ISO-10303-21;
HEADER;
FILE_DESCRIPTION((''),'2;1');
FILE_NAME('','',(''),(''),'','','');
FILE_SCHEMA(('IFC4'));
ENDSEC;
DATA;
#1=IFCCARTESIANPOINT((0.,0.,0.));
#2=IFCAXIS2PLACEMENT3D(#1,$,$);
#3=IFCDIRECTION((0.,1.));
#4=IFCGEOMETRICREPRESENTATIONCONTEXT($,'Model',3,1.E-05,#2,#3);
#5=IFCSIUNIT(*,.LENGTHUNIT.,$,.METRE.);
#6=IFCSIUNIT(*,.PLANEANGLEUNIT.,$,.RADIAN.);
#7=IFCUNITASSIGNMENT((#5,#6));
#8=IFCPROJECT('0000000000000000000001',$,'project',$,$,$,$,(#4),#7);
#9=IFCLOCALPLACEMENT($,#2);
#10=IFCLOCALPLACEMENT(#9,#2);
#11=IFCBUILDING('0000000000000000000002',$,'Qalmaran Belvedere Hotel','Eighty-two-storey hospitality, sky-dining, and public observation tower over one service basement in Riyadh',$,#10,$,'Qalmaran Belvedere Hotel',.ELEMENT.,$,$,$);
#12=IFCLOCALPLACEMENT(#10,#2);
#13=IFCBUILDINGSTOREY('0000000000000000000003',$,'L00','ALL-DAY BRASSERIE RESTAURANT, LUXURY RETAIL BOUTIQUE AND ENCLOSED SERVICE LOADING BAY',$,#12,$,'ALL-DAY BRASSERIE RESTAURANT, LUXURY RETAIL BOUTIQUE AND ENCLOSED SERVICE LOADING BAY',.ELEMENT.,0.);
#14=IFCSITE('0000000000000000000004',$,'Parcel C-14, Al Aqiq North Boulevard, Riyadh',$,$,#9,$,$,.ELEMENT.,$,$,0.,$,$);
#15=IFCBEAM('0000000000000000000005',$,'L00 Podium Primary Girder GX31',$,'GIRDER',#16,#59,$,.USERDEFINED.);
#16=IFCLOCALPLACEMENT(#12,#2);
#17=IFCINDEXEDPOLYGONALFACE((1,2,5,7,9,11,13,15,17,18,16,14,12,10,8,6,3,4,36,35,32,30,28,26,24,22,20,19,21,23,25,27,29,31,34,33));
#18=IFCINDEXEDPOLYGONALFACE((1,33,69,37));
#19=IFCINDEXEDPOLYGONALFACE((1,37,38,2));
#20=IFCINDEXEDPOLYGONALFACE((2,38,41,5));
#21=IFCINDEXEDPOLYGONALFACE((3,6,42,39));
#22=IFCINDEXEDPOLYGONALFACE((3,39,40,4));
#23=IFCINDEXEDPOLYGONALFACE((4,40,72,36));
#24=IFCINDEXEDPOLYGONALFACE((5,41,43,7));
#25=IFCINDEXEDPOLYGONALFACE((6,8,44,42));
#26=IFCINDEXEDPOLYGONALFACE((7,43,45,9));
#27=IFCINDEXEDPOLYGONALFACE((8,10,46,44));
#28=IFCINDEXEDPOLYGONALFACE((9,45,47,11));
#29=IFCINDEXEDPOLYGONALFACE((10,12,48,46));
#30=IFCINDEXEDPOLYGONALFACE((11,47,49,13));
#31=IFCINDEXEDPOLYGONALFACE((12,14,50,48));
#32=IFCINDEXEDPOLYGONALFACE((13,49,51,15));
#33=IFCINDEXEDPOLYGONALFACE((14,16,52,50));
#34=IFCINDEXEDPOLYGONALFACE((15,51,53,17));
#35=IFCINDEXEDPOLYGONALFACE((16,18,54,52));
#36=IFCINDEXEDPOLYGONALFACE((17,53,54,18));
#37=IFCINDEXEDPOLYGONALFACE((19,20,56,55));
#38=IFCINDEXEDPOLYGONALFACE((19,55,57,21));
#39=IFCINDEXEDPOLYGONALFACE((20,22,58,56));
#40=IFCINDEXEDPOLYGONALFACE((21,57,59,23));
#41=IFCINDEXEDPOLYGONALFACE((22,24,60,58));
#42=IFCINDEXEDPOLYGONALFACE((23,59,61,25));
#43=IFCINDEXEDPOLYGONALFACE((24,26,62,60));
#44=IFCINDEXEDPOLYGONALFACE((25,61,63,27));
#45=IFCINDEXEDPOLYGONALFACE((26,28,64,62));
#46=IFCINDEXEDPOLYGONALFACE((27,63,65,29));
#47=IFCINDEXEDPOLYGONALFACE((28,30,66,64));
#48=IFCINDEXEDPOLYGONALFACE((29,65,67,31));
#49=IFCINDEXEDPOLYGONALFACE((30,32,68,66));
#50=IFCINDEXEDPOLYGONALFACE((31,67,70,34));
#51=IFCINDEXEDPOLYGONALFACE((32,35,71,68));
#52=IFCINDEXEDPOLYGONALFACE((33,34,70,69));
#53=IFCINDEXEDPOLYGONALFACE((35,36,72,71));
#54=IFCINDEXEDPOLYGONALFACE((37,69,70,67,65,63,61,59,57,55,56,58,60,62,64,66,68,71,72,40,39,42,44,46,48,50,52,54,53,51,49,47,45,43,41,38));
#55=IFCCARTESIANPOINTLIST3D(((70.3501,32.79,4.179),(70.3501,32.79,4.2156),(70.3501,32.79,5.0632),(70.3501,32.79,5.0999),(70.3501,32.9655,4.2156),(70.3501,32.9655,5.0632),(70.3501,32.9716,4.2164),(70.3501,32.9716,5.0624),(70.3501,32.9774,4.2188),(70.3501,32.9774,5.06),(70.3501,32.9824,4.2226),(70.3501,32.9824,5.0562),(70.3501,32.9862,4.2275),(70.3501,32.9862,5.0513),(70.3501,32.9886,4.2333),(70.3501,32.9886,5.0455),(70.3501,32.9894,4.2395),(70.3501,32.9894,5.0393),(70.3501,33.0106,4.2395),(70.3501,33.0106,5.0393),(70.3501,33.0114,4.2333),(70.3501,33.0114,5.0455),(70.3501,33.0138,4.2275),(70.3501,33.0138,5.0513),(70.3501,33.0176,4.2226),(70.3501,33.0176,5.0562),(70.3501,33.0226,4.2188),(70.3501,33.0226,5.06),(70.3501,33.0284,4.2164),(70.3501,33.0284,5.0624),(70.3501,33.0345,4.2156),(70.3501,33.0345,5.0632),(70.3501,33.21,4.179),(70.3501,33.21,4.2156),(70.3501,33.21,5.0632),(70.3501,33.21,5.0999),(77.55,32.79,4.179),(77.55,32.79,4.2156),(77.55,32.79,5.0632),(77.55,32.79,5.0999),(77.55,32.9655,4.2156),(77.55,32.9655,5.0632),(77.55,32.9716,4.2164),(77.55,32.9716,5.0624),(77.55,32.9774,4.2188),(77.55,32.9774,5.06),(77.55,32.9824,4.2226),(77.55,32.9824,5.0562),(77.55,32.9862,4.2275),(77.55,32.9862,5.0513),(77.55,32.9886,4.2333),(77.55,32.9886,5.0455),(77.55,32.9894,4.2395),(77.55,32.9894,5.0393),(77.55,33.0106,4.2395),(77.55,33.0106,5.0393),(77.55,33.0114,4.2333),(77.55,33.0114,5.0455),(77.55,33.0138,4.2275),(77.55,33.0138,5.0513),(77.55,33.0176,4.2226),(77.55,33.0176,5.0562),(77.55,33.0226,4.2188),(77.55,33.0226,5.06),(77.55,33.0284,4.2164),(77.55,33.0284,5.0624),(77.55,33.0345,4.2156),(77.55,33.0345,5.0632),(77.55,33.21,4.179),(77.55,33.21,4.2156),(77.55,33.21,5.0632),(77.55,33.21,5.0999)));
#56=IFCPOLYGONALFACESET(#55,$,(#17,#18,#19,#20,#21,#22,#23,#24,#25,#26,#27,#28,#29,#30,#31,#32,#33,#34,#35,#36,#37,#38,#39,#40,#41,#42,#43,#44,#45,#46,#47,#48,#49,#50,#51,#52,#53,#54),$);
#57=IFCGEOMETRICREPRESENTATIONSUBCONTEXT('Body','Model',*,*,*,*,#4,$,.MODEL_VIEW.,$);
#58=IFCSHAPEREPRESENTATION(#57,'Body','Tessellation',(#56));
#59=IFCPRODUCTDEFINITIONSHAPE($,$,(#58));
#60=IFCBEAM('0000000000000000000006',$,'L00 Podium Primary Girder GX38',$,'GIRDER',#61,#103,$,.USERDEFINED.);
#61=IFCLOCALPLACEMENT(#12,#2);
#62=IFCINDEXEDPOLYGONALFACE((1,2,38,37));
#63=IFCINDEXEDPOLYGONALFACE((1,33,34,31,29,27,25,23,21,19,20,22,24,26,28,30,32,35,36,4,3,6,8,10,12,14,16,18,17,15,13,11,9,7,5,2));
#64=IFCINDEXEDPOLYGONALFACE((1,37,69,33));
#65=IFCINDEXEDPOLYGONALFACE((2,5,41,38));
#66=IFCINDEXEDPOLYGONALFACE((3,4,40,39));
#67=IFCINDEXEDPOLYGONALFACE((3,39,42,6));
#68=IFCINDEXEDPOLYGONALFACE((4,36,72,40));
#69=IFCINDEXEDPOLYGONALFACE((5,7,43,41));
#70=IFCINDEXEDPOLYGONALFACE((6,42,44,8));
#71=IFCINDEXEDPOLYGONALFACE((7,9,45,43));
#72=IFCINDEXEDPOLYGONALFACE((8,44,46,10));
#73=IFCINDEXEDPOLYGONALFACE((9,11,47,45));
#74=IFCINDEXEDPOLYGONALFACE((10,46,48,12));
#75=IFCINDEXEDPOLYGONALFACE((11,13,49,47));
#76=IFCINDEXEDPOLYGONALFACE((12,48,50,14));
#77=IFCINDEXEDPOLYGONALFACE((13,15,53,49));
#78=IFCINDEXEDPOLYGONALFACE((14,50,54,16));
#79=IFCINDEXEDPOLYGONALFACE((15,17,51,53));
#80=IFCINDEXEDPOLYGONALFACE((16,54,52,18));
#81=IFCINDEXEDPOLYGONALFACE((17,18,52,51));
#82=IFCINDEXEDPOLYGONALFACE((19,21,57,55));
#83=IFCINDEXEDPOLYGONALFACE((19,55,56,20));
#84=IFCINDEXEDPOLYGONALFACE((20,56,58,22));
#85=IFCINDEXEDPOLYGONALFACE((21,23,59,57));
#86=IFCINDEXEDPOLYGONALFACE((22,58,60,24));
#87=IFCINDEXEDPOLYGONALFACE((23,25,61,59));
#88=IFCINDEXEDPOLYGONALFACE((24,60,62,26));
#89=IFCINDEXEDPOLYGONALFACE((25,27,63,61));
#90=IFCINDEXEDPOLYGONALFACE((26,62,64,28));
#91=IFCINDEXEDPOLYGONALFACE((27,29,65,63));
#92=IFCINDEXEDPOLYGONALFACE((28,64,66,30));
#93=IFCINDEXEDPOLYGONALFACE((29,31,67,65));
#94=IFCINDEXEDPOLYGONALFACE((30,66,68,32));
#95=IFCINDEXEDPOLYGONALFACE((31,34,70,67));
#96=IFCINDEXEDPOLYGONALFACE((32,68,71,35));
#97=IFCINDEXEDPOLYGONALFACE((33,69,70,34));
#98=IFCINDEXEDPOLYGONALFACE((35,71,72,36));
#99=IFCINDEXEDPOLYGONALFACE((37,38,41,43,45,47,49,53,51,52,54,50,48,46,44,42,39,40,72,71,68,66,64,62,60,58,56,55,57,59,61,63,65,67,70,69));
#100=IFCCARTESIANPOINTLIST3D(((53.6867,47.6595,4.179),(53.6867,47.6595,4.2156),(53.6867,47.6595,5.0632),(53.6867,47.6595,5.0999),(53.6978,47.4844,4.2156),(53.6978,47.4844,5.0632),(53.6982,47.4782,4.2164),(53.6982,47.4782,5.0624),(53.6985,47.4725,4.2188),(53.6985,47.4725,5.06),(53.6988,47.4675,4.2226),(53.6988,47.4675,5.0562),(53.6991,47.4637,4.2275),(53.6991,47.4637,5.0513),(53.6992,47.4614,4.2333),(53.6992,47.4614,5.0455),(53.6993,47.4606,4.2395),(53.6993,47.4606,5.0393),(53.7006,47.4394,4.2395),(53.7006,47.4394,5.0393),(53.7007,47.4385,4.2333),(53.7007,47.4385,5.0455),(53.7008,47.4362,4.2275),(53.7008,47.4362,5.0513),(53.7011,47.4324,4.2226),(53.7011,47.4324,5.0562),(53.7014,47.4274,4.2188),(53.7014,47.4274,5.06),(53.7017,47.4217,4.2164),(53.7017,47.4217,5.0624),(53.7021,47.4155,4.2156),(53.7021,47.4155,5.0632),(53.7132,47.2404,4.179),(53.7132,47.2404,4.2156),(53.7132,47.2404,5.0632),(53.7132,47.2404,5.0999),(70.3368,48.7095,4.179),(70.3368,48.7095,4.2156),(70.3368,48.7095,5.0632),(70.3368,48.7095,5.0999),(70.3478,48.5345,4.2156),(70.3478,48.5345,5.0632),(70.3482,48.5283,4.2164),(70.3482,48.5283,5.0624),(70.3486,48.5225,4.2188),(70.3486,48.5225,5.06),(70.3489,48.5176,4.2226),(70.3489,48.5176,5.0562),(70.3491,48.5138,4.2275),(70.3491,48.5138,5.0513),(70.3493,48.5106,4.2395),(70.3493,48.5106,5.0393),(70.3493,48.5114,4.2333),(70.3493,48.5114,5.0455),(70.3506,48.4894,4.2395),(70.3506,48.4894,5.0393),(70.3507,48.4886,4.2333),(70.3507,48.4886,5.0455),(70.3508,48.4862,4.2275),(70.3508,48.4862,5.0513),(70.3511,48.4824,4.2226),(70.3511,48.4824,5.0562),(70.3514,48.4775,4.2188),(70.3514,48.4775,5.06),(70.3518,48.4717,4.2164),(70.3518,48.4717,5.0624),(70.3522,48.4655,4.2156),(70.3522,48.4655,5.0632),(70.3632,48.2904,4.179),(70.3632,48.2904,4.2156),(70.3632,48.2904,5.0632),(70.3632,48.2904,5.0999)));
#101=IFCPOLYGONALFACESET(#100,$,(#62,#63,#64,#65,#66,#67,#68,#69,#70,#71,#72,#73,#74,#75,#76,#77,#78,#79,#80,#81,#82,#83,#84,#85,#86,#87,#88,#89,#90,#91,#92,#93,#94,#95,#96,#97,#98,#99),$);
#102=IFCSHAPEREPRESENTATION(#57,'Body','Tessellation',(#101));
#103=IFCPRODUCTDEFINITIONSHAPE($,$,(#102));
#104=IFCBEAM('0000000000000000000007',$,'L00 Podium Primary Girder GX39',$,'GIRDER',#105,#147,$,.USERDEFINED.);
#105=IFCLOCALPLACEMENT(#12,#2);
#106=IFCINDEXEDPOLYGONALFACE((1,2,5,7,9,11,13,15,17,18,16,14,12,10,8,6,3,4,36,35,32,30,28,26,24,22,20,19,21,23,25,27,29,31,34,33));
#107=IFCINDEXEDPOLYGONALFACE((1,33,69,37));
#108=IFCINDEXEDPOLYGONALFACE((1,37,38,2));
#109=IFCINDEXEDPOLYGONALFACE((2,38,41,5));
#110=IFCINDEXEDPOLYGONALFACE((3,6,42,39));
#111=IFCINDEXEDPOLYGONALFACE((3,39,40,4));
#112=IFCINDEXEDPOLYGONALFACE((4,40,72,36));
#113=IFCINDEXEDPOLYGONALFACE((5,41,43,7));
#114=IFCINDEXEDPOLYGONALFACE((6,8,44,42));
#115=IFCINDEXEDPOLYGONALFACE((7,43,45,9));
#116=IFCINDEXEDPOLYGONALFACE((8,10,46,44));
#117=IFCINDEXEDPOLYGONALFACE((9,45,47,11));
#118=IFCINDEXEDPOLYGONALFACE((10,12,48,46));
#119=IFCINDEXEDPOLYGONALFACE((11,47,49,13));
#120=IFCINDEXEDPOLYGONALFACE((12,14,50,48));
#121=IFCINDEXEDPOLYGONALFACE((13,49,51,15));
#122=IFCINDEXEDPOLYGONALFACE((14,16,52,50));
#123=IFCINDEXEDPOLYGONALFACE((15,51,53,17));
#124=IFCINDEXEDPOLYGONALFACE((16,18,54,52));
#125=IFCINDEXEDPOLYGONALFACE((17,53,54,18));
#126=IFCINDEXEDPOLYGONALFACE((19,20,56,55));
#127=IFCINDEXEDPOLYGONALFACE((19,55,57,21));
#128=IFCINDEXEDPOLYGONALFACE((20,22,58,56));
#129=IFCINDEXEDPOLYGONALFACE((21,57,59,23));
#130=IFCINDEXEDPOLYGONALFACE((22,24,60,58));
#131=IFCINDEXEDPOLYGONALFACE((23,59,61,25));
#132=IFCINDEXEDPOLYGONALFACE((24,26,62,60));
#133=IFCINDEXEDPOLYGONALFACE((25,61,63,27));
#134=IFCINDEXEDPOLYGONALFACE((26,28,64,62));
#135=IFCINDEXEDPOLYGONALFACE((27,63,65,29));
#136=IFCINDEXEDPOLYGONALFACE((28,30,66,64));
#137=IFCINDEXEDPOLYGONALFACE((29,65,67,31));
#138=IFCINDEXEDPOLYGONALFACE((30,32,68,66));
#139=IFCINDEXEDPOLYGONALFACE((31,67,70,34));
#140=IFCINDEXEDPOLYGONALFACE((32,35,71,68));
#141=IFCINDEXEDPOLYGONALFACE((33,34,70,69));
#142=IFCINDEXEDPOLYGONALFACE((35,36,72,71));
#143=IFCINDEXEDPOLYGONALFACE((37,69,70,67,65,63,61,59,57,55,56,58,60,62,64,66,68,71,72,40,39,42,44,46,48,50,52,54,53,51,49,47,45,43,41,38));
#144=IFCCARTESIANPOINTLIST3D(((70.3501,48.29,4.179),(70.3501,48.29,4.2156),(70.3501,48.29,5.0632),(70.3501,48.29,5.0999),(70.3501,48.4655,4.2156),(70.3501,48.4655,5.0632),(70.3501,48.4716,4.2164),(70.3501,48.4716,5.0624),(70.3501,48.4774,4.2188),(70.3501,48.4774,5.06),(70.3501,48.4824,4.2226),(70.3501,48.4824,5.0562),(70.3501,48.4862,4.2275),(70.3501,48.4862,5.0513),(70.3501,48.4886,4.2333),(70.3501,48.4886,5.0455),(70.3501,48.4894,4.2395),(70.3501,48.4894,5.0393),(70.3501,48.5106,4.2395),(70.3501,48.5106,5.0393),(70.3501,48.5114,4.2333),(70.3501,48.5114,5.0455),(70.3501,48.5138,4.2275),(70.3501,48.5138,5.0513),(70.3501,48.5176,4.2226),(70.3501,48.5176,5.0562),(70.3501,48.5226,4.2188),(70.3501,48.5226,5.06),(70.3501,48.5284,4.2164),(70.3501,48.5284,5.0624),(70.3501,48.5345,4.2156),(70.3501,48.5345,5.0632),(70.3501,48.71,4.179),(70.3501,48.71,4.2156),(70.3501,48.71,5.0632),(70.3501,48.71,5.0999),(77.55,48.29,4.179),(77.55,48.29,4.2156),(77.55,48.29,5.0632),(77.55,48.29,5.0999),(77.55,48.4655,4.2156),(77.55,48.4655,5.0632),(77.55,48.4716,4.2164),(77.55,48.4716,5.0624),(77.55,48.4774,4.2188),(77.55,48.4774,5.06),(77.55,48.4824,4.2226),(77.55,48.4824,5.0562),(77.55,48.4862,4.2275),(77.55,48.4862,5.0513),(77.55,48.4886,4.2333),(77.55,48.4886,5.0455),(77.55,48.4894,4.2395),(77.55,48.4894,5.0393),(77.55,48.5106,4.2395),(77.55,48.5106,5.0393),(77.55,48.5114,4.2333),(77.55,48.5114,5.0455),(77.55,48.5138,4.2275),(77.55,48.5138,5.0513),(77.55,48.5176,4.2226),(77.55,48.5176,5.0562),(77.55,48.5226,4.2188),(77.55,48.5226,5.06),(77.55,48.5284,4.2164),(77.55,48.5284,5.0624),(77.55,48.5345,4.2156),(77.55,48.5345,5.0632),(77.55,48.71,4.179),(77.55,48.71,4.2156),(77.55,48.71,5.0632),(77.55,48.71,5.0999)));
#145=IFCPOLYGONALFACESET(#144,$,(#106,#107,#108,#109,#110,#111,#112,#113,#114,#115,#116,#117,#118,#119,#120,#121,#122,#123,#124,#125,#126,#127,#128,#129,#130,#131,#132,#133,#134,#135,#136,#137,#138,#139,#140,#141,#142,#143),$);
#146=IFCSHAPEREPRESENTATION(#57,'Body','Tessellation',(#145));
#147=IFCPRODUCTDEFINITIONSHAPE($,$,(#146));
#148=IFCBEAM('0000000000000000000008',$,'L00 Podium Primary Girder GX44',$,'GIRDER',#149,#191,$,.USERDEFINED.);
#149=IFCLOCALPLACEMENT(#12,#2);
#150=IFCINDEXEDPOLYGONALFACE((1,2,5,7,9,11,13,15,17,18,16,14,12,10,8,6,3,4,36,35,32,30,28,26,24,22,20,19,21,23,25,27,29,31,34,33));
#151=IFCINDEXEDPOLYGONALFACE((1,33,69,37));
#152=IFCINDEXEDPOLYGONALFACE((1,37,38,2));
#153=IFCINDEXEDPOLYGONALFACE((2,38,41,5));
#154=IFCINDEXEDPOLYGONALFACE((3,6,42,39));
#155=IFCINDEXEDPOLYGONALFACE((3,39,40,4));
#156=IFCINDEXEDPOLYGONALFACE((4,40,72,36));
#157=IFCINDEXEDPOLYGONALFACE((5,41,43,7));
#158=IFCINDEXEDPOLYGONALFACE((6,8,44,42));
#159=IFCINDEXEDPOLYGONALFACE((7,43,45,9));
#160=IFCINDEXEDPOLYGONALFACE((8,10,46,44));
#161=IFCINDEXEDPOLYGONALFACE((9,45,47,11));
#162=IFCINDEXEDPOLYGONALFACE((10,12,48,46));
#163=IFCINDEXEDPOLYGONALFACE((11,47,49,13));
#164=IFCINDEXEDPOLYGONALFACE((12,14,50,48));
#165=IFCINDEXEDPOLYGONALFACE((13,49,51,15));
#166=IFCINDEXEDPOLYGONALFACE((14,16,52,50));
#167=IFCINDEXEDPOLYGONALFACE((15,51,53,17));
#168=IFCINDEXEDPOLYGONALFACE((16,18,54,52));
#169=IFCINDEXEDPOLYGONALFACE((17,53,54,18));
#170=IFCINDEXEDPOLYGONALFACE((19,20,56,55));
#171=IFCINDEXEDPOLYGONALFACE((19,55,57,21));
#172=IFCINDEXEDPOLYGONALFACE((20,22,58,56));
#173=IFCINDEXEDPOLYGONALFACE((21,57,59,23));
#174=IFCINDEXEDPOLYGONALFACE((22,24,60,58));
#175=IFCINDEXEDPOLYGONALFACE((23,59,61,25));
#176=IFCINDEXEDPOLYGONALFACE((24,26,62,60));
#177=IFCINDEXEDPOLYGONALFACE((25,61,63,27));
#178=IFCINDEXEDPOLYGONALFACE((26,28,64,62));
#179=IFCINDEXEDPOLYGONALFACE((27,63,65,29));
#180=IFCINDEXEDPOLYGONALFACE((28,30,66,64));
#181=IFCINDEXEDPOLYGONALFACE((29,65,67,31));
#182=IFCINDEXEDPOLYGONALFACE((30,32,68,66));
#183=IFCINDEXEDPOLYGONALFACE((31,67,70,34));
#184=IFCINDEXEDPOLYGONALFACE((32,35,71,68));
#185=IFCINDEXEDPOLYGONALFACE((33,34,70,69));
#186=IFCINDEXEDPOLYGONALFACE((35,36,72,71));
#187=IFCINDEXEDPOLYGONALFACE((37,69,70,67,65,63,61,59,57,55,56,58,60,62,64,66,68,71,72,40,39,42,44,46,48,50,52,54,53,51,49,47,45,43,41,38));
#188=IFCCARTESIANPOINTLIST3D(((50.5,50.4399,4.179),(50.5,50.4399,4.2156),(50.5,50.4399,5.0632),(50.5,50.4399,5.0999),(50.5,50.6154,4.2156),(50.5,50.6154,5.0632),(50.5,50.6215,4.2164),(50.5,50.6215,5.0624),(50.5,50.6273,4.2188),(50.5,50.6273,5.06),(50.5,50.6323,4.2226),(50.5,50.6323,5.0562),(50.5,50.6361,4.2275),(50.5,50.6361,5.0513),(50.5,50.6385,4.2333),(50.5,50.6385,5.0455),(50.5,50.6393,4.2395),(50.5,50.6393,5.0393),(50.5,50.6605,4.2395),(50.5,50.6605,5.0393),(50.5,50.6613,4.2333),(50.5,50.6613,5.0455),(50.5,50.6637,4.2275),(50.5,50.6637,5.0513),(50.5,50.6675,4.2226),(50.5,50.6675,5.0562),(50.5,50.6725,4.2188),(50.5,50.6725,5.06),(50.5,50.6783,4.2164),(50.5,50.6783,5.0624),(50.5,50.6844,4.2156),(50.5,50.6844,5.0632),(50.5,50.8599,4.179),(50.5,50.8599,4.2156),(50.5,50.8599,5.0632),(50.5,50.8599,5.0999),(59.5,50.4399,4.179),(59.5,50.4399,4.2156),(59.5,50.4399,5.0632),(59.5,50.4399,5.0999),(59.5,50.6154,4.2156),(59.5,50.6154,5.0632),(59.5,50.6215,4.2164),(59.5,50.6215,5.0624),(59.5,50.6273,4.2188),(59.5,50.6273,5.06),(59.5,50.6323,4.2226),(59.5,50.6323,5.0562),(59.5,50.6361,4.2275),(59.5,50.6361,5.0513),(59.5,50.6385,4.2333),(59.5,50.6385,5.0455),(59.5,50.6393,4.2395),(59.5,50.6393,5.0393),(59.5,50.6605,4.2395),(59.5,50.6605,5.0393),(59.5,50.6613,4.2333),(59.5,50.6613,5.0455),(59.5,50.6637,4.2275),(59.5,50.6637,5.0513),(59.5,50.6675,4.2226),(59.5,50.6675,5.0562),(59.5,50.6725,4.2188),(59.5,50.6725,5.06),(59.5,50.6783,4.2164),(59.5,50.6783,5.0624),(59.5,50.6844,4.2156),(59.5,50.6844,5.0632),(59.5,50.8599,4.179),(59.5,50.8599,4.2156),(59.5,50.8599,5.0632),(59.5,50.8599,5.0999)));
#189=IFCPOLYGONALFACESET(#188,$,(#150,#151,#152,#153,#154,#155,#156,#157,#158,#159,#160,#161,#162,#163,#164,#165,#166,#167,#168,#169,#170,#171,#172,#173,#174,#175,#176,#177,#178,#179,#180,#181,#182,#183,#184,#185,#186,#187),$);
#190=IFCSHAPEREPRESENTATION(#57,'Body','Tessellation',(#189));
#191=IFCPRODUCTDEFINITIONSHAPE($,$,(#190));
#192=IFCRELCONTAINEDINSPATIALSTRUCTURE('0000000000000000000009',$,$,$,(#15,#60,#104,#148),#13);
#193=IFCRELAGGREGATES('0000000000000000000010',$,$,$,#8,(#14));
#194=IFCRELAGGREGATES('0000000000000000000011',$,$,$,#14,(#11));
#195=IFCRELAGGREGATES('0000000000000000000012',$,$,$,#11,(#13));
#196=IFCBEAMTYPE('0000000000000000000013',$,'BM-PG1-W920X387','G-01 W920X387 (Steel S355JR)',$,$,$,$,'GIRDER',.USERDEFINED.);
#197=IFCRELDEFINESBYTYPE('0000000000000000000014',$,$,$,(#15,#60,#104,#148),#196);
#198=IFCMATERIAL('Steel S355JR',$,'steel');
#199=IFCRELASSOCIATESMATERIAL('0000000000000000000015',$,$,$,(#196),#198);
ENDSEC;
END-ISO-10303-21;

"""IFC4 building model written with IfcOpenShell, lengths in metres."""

from ifc_helpers import new_model, si_unit, direction, frame, origin, origin_2d, place, context, subcontext, project, spatial, i_section, extrude, material, material_profile, profile_set, type_object, element, save


model = new_model("IFC4")

# Units and contexts
model_context = context("Model", 3, precision=1e-05, world=origin(), true_north=direction((0.0, 1.0)))
body_context = subcontext(model_context, "Body", "Model", "MODEL_VIEW")
ifc_project = project(units=[si_unit("LENGTHUNIT", "METRE"), si_unit("PLANEANGLEUNIT", "RADIAN")], contexts=[model_context])

# Site, building, storey
site_placement = place(None, origin())
site = spatial("IfcSite", under=ifc_project, at=site_placement, Name="Parcel C-14, Al Aqiq North Boulevard, Riyadh", CompositionType="ELEMENT", RefElevation=0.0)
building_placement = place(site_placement, origin())
building = spatial("IfcBuilding", under=site, at=building_placement, Name="Qalmaran Belvedere Hotel", Description="Eighty-two-storey hospitality, sky-dining, and public observation tower over one service basement in Riyadh", LongName="Qalmaran Belvedere Hotel", CompositionType="ELEMENT")
storey_placement = place(building_placement, origin())
storey = spatial("IfcBuildingStorey", under=building, at=storey_placement, Name="L00", Description="ALL-DAY BRASSERIE RESTAURANT, LUXURY RETAIL BOUTIQUE AND ENCLOSED SERVICE LOADING BAY", LongName="ALL-DAY BRASSERIE RESTAURANT, LUXURY RETAIL BOUTIQUE AND ENCLOSED SERVICE LOADING BAY", CompositionType="ELEMENT", Elevation=0.0)

# Beams
ifc_material_1 = material(Name="Steel S355JR", Category="steel")
ifc_material_profile_1 = material_profile(ifc_material_1, i_section(OverallWidth=0.4199, OverallDepth=0.9209, WebThickness=0.0212, FlangeThickness=0.0366, FilletRadius=0.0239, at=origin_2d()), Name="W920X387")
ifc_profile_set_1 = profile_set([ifc_material_profile_1], Name="Steel S355JR")
beam_type_1 = type_object("IfcBeamType", Name="BM-PG1-W920X387", Description="G-01 W920X387 (Steel S355JR)", ElementType="GIRDER", PredefinedType="USERDEFINED", material=ifc_profile_set_1)
beam_1_placement = place(storey_placement, frame((70.3501, 33.0, 4.6394), z_axis=(1.0, 0.0, 0.0), x_axis=(0.0, 1.0, 0.0)))
element("IfcBeam", 1, at=beam_1_placement, inside=storey, type_object=beam_type_1, Name="L00 Podium Primary Girder GX31", ObjectType="GIRDER", PredefinedType="USERDEFINED", context=body_context, shape_type="SweptSolid", body=[
    extrude(i_section(OverallWidth=0.4199, OverallDepth=0.9209, WebThickness=0.0212, FlangeThickness=0.0366, FilletRadius=0.0239, at=origin_2d()), origin(), (0.0, 0.0, 1.0), 7.2),
])
beam_2_placement = place(storey_placement, frame((53.7, 47.45, 4.6394), z_axis=(0.998017, 0.06294, 0.0), x_axis=(-0.06294, 0.998017, 0.0)))
element("IfcBeam", 2, at=beam_2_placement, inside=storey, type_object=beam_type_1, Name="L00 Podium Primary Girder GX38", ObjectType="GIRDER", PredefinedType="USERDEFINED", context=body_context, shape_type="SweptSolid", body=[
    extrude(i_section(OverallWidth=0.4199, OverallDepth=0.9209, WebThickness=0.0212, FlangeThickness=0.0366, FilletRadius=0.0239, at=origin_2d()), origin(), (0.0, 0.0, 1.0), 16.6831),
])
beam_3_placement = place(storey_placement, frame((70.3501, 48.5, 4.6394), z_axis=(1.0, 0.0, 0.0), x_axis=(0.0, 1.0, 0.0)))
element("IfcBeam", 3, at=beam_3_placement, inside=storey, type_object=beam_type_1, Name="L00 Podium Primary Girder GX39", ObjectType="GIRDER", PredefinedType="USERDEFINED", context=body_context, shape_type="SweptSolid", body=[
    extrude(i_section(OverallWidth=0.4199, OverallDepth=0.9209, WebThickness=0.0212, FlangeThickness=0.0366, FilletRadius=0.0239, at=origin_2d()), origin(), (0.0, 0.0, 1.0), 7.2),
])
beam_4_placement = place(storey_placement, frame((50.5, 50.6499, 4.6394), z_axis=(1.0, 0.0, 0.0), x_axis=(0.0, 1.0, 0.0)))
element("IfcBeam", 4, at=beam_4_placement, inside=storey, type_object=beam_type_1, Name="L00 Podium Primary Girder GX44", ObjectType="GIRDER", PredefinedType="USERDEFINED", context=body_context, shape_type="SweptSolid", body=[
    extrude(i_section(OverallWidth=0.4199, OverallDepth=0.9209, WebThickness=0.0212, FlangeThickness=0.0366, FilletRadius=0.0239, at=origin_2d()), origin(), (0.0, 0.0, 1.0), 9.0),
])

save(model, "model.ifc")
